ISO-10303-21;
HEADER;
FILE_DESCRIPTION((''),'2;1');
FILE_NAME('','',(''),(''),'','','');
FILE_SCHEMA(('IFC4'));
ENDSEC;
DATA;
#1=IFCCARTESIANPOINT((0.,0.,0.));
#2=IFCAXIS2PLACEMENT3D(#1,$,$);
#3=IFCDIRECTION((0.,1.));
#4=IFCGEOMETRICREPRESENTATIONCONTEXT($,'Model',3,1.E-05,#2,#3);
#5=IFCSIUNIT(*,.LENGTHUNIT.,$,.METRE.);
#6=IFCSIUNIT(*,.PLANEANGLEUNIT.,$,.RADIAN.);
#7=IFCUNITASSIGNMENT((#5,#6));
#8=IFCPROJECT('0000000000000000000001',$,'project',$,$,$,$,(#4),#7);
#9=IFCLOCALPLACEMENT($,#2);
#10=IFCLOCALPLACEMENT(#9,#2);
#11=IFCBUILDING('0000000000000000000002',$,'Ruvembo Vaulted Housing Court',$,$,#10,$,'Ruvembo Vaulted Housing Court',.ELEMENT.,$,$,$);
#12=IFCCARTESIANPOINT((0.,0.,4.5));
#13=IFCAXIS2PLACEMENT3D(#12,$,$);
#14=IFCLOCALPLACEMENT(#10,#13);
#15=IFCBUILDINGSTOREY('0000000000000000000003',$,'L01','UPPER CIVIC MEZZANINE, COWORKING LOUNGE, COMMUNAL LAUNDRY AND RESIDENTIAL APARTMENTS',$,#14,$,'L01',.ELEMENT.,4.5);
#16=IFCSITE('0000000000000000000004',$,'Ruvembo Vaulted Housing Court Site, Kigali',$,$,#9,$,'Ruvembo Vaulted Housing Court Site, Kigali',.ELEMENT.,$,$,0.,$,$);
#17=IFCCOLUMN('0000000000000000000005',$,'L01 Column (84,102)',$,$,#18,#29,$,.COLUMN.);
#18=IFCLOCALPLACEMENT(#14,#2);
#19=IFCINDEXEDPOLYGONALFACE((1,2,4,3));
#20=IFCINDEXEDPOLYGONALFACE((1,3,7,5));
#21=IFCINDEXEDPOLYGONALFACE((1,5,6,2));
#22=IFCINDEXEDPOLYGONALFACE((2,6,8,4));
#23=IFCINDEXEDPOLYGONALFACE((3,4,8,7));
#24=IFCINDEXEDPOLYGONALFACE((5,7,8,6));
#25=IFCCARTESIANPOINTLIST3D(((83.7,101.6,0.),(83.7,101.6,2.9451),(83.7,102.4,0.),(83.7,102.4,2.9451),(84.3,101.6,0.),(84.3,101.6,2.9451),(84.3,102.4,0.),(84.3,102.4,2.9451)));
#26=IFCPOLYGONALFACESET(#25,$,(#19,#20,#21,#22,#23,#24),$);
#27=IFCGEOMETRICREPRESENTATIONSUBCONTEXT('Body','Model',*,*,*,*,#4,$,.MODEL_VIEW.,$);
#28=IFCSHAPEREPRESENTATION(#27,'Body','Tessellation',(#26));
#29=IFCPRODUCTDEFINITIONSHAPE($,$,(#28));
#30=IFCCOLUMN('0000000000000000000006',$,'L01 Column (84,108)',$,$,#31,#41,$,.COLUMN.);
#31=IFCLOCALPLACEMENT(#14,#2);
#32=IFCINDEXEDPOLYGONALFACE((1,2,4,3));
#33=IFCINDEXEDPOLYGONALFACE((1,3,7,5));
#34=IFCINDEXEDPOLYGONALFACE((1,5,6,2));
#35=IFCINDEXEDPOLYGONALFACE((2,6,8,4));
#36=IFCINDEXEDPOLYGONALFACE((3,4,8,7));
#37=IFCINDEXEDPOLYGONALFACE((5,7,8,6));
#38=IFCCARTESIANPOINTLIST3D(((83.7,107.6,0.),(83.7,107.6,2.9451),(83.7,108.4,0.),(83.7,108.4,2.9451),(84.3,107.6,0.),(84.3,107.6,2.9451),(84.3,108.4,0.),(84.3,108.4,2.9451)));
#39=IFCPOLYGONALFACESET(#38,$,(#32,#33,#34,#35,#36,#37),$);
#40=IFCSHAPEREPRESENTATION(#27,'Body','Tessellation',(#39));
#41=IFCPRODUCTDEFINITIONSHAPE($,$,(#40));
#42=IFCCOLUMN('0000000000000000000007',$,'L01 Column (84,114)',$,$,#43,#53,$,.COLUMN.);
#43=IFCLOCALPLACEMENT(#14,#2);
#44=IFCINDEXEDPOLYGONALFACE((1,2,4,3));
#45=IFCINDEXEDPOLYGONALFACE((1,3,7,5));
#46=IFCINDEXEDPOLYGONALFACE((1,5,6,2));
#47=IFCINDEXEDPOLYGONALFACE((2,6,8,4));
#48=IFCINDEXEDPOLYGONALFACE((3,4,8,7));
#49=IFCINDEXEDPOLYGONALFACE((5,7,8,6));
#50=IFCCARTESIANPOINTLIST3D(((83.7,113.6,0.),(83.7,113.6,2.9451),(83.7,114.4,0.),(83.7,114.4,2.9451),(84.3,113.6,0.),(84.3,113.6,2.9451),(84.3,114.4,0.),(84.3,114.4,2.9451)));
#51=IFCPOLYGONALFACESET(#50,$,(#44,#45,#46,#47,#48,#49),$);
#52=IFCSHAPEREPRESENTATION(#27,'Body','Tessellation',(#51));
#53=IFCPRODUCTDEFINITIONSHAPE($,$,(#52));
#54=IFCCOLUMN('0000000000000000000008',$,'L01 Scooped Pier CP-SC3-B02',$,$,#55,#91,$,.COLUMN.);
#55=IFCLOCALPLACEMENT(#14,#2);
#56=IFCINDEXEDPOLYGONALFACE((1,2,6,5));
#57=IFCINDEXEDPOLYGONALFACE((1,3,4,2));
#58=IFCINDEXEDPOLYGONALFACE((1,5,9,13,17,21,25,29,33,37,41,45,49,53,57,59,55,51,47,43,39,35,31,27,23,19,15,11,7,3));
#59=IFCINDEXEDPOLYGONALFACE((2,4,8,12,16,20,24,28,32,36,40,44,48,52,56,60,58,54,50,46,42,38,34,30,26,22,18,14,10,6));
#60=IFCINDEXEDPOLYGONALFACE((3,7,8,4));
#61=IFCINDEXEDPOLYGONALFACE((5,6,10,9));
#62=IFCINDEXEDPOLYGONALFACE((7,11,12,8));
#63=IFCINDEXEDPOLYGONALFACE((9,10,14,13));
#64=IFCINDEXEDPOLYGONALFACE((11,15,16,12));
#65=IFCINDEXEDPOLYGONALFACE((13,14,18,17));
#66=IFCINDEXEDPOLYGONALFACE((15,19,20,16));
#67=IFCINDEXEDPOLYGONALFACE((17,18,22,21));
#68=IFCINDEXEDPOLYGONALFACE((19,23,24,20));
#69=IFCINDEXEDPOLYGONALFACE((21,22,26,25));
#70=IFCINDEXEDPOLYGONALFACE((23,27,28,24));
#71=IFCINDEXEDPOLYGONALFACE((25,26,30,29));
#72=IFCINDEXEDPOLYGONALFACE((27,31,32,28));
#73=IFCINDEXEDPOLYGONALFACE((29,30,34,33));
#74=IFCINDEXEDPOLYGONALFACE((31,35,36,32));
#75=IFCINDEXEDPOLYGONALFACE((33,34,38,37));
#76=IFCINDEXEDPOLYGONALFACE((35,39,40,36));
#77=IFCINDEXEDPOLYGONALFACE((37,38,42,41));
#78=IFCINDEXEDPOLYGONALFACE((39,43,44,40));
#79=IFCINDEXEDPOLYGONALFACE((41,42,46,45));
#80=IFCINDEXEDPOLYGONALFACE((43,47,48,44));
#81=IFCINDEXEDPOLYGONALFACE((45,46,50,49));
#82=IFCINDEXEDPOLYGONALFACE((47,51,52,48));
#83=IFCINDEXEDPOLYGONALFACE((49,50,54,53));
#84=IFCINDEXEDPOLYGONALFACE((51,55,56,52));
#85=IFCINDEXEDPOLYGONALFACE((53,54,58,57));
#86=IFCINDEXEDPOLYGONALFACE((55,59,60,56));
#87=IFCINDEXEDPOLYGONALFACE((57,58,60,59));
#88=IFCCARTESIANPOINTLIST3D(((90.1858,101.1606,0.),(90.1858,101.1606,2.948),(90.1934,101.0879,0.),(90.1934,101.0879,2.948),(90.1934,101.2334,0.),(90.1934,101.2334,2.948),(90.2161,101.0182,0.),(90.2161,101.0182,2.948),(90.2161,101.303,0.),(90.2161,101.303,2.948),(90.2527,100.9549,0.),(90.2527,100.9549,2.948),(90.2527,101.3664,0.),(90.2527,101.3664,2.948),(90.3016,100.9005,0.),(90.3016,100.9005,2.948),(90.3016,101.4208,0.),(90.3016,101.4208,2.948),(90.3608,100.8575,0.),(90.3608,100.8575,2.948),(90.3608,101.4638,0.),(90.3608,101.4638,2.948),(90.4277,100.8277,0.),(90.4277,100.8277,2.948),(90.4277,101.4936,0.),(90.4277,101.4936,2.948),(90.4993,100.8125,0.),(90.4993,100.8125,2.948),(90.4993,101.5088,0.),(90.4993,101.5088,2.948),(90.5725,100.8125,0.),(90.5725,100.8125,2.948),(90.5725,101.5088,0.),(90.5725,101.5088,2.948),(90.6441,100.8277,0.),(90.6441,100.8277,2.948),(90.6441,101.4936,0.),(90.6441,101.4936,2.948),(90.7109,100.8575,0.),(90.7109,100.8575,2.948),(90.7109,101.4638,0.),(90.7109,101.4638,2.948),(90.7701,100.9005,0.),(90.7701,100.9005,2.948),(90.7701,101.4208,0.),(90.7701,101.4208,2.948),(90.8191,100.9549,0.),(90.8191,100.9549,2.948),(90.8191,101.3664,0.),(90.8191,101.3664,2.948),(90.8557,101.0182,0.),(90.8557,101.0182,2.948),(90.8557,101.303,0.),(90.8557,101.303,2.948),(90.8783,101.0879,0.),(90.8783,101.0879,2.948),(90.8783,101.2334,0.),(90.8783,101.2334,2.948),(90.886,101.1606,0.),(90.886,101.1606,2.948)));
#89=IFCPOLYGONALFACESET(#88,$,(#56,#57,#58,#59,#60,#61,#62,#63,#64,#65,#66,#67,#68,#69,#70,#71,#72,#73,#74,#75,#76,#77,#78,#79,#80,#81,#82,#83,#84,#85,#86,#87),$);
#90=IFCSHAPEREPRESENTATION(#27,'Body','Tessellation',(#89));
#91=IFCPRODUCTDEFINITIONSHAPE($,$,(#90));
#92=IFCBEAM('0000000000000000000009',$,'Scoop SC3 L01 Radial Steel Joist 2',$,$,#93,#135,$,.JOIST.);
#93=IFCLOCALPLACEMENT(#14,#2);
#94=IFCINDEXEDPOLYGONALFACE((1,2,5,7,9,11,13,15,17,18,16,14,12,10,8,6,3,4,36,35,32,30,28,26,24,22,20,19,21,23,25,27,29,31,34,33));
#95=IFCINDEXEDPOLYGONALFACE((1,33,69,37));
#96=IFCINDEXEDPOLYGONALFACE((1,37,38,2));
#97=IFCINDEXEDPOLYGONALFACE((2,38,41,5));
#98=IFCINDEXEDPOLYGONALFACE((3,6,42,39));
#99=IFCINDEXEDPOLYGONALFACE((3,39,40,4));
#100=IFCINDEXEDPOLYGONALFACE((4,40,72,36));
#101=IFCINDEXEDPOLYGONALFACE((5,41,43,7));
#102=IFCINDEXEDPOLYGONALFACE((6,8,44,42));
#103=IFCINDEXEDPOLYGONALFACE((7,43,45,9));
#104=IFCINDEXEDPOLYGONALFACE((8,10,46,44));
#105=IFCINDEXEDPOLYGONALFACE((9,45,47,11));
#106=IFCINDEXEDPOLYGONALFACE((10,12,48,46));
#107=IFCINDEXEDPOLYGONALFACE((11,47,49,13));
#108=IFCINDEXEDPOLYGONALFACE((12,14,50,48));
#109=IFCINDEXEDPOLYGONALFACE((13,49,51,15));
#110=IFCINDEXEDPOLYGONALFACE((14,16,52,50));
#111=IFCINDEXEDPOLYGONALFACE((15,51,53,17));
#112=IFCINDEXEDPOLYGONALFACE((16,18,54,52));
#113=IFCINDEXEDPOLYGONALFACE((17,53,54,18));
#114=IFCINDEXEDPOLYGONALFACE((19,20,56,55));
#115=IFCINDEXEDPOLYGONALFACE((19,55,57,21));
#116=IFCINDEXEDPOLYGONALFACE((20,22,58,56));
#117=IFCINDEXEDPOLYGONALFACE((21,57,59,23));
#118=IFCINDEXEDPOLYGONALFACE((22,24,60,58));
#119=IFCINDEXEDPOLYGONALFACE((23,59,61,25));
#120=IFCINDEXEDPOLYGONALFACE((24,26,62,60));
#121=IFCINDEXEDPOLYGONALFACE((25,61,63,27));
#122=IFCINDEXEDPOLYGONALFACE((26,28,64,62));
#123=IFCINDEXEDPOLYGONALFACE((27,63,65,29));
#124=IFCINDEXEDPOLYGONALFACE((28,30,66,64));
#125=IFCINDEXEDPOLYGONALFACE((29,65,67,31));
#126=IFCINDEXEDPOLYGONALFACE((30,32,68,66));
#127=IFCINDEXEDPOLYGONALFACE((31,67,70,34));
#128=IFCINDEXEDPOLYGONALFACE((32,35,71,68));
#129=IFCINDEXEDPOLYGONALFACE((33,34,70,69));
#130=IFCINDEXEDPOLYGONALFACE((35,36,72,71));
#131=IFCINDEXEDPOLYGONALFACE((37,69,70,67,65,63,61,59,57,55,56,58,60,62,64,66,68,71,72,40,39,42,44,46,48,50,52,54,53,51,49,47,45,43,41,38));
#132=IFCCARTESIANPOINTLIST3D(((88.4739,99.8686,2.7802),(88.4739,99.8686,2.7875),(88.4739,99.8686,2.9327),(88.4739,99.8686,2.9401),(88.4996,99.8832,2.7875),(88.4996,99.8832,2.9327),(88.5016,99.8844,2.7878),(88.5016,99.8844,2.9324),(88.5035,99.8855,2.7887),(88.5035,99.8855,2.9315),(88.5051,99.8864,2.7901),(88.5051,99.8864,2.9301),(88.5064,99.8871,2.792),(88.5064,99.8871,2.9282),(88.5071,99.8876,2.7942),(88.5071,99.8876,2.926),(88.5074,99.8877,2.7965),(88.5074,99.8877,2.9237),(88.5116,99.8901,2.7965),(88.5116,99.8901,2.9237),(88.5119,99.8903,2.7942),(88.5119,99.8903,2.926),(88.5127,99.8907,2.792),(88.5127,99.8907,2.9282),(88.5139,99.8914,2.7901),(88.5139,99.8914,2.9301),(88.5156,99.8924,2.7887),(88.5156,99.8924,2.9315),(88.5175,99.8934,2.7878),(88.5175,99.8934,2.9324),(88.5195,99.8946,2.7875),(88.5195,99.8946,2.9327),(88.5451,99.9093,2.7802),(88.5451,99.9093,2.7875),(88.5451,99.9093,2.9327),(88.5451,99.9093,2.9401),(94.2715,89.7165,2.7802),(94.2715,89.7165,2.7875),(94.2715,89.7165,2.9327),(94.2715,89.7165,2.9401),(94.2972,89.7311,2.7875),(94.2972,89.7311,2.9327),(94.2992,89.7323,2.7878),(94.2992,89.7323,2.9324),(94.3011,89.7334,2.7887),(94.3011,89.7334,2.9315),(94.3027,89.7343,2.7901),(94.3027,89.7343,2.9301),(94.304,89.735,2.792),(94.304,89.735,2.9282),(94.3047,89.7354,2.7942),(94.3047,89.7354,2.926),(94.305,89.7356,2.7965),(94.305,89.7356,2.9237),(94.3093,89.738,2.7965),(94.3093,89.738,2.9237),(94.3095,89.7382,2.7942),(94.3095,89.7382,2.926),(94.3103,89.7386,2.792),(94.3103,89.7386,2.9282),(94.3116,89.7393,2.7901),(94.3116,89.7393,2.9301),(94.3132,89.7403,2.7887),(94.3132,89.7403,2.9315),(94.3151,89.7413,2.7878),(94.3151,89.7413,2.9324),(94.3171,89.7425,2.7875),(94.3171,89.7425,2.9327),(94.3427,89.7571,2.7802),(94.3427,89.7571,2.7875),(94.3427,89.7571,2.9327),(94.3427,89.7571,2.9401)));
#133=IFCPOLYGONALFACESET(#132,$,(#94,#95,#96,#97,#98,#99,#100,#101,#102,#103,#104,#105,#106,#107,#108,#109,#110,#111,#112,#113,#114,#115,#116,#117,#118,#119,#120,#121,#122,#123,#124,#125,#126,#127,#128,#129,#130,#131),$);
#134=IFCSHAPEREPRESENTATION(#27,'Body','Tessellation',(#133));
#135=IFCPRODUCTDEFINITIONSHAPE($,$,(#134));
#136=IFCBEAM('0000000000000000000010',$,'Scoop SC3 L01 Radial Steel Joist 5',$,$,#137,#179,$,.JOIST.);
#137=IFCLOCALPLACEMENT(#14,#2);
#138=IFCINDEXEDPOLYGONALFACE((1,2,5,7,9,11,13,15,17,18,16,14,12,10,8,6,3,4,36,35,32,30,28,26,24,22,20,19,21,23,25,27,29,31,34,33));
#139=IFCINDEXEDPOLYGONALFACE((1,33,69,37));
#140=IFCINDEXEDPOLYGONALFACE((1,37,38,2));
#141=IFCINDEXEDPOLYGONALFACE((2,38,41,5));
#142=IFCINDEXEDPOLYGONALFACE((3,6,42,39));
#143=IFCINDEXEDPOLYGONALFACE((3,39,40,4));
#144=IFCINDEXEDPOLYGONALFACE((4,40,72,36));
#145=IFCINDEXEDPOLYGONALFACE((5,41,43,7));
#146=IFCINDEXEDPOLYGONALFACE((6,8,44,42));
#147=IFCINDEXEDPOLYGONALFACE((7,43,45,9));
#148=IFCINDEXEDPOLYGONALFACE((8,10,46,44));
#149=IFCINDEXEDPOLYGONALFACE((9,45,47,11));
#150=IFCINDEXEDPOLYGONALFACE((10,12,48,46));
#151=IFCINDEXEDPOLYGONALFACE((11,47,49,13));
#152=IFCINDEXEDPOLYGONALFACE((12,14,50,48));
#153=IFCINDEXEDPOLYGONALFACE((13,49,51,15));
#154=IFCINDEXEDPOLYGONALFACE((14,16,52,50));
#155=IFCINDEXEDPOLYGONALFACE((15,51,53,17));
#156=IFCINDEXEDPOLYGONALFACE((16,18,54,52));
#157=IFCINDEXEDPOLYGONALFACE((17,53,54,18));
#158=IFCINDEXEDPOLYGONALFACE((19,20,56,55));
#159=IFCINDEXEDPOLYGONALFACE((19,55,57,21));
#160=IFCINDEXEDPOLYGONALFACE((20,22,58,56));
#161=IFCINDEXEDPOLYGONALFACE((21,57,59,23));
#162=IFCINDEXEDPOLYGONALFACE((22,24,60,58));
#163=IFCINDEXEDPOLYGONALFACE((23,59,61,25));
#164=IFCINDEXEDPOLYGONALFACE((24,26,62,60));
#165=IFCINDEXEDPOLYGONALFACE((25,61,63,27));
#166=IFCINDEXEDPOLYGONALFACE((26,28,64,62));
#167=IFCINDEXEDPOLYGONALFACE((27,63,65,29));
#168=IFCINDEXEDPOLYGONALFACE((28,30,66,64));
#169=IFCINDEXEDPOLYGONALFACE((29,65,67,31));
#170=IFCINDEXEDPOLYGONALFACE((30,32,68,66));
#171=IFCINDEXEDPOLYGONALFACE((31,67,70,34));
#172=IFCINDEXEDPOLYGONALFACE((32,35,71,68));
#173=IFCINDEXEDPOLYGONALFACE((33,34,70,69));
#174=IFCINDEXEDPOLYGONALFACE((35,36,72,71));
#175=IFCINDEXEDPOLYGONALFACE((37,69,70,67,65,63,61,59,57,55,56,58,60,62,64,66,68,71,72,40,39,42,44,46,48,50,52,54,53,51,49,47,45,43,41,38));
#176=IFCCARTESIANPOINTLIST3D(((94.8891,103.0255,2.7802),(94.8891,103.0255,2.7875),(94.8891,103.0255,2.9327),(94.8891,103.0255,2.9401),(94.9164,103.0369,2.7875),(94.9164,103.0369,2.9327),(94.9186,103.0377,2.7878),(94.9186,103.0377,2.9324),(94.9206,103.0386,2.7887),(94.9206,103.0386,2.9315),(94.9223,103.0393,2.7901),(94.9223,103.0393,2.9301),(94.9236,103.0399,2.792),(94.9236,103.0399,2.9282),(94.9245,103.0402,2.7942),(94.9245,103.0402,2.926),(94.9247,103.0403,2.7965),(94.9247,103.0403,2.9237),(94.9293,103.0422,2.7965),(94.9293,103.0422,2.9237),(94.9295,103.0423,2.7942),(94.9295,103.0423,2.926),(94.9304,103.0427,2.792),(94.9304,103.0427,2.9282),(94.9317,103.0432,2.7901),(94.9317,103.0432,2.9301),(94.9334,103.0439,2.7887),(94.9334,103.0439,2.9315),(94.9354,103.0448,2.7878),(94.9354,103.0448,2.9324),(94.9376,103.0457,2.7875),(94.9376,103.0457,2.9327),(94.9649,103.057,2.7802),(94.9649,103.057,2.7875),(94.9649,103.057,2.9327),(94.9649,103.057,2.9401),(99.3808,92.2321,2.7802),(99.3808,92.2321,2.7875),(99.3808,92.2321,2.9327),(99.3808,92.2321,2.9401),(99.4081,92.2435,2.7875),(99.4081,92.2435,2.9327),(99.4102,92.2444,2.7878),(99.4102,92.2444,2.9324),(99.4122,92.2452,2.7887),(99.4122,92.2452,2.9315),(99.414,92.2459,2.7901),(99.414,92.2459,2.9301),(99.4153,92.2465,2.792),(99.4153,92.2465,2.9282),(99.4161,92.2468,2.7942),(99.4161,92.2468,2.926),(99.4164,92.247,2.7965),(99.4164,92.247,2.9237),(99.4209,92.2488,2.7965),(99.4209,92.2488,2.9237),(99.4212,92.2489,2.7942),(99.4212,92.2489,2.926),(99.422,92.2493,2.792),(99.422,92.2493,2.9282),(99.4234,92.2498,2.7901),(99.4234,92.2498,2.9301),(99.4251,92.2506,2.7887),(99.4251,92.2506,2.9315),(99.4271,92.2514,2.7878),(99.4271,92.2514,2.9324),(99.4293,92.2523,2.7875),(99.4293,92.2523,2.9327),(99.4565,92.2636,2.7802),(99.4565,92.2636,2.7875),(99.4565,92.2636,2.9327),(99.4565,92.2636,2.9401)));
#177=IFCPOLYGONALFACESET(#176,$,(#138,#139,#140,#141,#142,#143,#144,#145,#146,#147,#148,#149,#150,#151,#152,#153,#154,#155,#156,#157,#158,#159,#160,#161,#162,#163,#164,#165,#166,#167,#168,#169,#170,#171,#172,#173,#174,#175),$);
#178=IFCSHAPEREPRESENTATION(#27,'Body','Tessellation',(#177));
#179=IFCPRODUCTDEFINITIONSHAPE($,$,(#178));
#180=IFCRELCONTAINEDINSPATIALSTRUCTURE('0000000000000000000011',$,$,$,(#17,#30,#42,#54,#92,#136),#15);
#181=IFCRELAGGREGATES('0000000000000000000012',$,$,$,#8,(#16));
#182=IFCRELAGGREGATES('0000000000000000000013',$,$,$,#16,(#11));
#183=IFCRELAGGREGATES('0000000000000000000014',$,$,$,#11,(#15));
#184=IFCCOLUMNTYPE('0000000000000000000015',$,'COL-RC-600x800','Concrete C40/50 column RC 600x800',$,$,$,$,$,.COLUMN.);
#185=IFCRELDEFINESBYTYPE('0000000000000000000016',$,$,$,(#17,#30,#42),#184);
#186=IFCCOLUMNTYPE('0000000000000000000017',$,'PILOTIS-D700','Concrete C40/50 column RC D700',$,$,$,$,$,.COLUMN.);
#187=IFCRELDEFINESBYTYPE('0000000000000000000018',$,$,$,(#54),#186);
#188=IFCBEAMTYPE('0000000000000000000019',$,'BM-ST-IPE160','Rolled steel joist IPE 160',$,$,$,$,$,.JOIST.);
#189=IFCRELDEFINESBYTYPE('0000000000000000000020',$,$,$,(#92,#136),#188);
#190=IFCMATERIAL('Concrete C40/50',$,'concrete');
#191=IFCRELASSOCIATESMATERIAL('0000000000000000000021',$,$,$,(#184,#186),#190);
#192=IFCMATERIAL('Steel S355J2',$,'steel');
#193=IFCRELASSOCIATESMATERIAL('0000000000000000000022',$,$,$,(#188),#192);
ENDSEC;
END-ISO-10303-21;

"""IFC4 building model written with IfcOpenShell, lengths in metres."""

from ifc_helpers import new_model, si_unit, direction, frame, origin, origin_2d, place, context, subcontext, project, spatial, rectangle, circle, i_section, extrude, material, material_profile, profile_set, type_object, element, save


model = new_model("IFC4")

# Units and contexts
model_context = context("Model", 3, precision=1e-05, world=origin(), true_north=direction((0.0, 1.0)))
body_context = subcontext(model_context, "Body", "Model", "MODEL_VIEW")
ifc_project = project(units=[si_unit("LENGTHUNIT", "METRE"), si_unit("PLANEANGLEUNIT", "RADIAN")], contexts=[model_context])

# Site, building, storey
site_placement = place(None, origin())
site = spatial("IfcSite", under=ifc_project, at=site_placement, Name="Ruvembo Vaulted Housing Court Site, Kigali", LongName="Ruvembo Vaulted Housing Court Site, Kigali", CompositionType="ELEMENT", RefElevation=0.0)
building_placement = place(site_placement, origin())
building = spatial("IfcBuilding", under=site, at=building_placement, Name="Ruvembo Vaulted Housing Court", LongName="Ruvembo Vaulted Housing Court", CompositionType="ELEMENT")
storey_placement = place(building_placement, frame((0.0, 0.0, 4.5)))
storey = spatial("IfcBuildingStorey", under=building, at=storey_placement, Name="L01", Description="UPPER CIVIC MEZZANINE, COWORKING LOUNGE, COMMUNAL LAUNDRY AND RESIDENTIAL APARTMENTS", LongName="L01", CompositionType="ELEMENT", Elevation=4.5)

# Columns
ifc_material_1 = material(Name="Concrete C40/50", Category="concrete")
ifc_material_profile_1 = material_profile(ifc_material_1, rectangle(XDim=0.6001, YDim=0.8, at=origin_2d()), Name="RC 600x800")
ifc_profile_set_1 = profile_set([ifc_material_profile_1], Name="Concrete C40/50")
column_type_1 = type_object("IfcColumnType", Name="COL-RC-600x800", Description="Concrete C40/50 column RC 600x800", PredefinedType="COLUMN", material=ifc_profile_set_1)
for number, where, z_axis, x_axis, name in (
    (1, (84.0, 102.0, 0.0), (0.0, 0.0, 1.0), (1.0, 0.0, 0.0), "L01 Column (84,102)"),
    (2, (84.0, 108.0, 0.0), (0.0, 0.0, 1.0), (1.0, 0.0, 0.0), "L01 Column (84,108)"),
    (3, (84.0, 114.0, 0.0), (0.0, 0.0, 1.0), (1.0, 0.0, 0.0), "L01 Column (84,114)"),
):
    element("IfcColumn", number, at=place(storey_placement, frame(where, z_axis=z_axis, x_axis=x_axis)), inside=storey, type_object=column_type_1, Name=name, PredefinedType="COLUMN", context=body_context, shape_type="SweptSolid", body=[
        extrude(rectangle(XDim=0.6001, YDim=0.8, at=origin_2d()), origin(), (0.0, 0.0, 1.0), 2.9451),
    ])
ifc_material_profile_2 = material_profile(ifc_material_1, circle(Radius=0.3501, at=origin_2d()), Name="RC D700")
ifc_profile_set_2 = profile_set([ifc_material_profile_2], Name="Concrete C40/50")
column_type_2 = type_object("IfcColumnType", Name="PILOTIS-D700", Description="Concrete C40/50 column RC D700", PredefinedType="COLUMN", material=ifc_profile_set_2)
column_placement = place(storey_placement, frame((90.5359, 101.1606, 0.0), z_axis=(0.0, 0.0, 1.0), x_axis=(1.0, 0.0, 0.0)))
element("IfcColumn", 4, at=column_placement, inside=storey, type_object=column_type_2, Name="L01 Scooped Pier CP-SC3-B02", PredefinedType="COLUMN", context=body_context, shape_type="SweptSolid", body=[
    extrude(circle(Radius=0.3501, at=origin_2d()), origin(), (0.0, 0.0, 1.0), 2.948),
])

# Beams
ifc_material_2 = material(Name="Steel S355J2", Category="steel")
ifc_material_profile_3 = material_profile(ifc_material_2, i_section(OverallWidth=0.082, OverallDepth=0.1599, WebThickness=0.0049, FlangeThickness=0.0073, FilletRadius=0.009, at=origin_2d()), Name="IPE 160")
ifc_profile_set_3 = profile_set([ifc_material_profile_3], Name="Steel S355J2")
beam_type_1 = type_object("IfcBeamType", Name="BM-ST-IPE160", Description="Rolled steel joist IPE 160", PredefinedType="JOIST", material=ifc_profile_set_3)
beam_1_placement = place(storey_placement, frame((88.5095, 99.8889, 2.8601), z_axis=(0.495907, -0.868375, 0.0), x_axis=(0.868375, 0.495907, 0.0)))
element("IfcBeam", 5, at=beam_1_placement, inside=storey, type_object=beam_type_1, Name="Scoop SC3 L01 Radial Steel Joist 2", PredefinedType="JOIST", context=body_context, shape_type="SweptSolid", body=[
    extrude(i_section(OverallWidth=0.082, OverallDepth=0.1599, WebThickness=0.0049, FlangeThickness=0.0073, FilletRadius=0.009, at=origin_2d()), origin(), (0.0, 0.0, 1.0), 11.6909),
])
beam_2_placement = place(storey_placement, frame((94.927, 103.0413, 2.8601), z_axis=(0.384209, -0.923246, 0.0), x_axis=(0.923246, 0.384209, 0.0)))
element("IfcBeam", 6, at=beam_2_placement, inside=storey, type_object=beam_type_1, Name="Scoop SC3 L01 Radial Steel Joist 5", PredefinedType="JOIST", context=body_context, shape_type="SweptSolid", body=[
    extrude(i_section(OverallWidth=0.082, OverallDepth=0.1599, WebThickness=0.0049, FlangeThickness=0.0073, FilletRadius=0.009, at=origin_2d()), origin(), (0.0, 0.0, 1.0), 11.6907),
])

save(model, "model.ifc")
